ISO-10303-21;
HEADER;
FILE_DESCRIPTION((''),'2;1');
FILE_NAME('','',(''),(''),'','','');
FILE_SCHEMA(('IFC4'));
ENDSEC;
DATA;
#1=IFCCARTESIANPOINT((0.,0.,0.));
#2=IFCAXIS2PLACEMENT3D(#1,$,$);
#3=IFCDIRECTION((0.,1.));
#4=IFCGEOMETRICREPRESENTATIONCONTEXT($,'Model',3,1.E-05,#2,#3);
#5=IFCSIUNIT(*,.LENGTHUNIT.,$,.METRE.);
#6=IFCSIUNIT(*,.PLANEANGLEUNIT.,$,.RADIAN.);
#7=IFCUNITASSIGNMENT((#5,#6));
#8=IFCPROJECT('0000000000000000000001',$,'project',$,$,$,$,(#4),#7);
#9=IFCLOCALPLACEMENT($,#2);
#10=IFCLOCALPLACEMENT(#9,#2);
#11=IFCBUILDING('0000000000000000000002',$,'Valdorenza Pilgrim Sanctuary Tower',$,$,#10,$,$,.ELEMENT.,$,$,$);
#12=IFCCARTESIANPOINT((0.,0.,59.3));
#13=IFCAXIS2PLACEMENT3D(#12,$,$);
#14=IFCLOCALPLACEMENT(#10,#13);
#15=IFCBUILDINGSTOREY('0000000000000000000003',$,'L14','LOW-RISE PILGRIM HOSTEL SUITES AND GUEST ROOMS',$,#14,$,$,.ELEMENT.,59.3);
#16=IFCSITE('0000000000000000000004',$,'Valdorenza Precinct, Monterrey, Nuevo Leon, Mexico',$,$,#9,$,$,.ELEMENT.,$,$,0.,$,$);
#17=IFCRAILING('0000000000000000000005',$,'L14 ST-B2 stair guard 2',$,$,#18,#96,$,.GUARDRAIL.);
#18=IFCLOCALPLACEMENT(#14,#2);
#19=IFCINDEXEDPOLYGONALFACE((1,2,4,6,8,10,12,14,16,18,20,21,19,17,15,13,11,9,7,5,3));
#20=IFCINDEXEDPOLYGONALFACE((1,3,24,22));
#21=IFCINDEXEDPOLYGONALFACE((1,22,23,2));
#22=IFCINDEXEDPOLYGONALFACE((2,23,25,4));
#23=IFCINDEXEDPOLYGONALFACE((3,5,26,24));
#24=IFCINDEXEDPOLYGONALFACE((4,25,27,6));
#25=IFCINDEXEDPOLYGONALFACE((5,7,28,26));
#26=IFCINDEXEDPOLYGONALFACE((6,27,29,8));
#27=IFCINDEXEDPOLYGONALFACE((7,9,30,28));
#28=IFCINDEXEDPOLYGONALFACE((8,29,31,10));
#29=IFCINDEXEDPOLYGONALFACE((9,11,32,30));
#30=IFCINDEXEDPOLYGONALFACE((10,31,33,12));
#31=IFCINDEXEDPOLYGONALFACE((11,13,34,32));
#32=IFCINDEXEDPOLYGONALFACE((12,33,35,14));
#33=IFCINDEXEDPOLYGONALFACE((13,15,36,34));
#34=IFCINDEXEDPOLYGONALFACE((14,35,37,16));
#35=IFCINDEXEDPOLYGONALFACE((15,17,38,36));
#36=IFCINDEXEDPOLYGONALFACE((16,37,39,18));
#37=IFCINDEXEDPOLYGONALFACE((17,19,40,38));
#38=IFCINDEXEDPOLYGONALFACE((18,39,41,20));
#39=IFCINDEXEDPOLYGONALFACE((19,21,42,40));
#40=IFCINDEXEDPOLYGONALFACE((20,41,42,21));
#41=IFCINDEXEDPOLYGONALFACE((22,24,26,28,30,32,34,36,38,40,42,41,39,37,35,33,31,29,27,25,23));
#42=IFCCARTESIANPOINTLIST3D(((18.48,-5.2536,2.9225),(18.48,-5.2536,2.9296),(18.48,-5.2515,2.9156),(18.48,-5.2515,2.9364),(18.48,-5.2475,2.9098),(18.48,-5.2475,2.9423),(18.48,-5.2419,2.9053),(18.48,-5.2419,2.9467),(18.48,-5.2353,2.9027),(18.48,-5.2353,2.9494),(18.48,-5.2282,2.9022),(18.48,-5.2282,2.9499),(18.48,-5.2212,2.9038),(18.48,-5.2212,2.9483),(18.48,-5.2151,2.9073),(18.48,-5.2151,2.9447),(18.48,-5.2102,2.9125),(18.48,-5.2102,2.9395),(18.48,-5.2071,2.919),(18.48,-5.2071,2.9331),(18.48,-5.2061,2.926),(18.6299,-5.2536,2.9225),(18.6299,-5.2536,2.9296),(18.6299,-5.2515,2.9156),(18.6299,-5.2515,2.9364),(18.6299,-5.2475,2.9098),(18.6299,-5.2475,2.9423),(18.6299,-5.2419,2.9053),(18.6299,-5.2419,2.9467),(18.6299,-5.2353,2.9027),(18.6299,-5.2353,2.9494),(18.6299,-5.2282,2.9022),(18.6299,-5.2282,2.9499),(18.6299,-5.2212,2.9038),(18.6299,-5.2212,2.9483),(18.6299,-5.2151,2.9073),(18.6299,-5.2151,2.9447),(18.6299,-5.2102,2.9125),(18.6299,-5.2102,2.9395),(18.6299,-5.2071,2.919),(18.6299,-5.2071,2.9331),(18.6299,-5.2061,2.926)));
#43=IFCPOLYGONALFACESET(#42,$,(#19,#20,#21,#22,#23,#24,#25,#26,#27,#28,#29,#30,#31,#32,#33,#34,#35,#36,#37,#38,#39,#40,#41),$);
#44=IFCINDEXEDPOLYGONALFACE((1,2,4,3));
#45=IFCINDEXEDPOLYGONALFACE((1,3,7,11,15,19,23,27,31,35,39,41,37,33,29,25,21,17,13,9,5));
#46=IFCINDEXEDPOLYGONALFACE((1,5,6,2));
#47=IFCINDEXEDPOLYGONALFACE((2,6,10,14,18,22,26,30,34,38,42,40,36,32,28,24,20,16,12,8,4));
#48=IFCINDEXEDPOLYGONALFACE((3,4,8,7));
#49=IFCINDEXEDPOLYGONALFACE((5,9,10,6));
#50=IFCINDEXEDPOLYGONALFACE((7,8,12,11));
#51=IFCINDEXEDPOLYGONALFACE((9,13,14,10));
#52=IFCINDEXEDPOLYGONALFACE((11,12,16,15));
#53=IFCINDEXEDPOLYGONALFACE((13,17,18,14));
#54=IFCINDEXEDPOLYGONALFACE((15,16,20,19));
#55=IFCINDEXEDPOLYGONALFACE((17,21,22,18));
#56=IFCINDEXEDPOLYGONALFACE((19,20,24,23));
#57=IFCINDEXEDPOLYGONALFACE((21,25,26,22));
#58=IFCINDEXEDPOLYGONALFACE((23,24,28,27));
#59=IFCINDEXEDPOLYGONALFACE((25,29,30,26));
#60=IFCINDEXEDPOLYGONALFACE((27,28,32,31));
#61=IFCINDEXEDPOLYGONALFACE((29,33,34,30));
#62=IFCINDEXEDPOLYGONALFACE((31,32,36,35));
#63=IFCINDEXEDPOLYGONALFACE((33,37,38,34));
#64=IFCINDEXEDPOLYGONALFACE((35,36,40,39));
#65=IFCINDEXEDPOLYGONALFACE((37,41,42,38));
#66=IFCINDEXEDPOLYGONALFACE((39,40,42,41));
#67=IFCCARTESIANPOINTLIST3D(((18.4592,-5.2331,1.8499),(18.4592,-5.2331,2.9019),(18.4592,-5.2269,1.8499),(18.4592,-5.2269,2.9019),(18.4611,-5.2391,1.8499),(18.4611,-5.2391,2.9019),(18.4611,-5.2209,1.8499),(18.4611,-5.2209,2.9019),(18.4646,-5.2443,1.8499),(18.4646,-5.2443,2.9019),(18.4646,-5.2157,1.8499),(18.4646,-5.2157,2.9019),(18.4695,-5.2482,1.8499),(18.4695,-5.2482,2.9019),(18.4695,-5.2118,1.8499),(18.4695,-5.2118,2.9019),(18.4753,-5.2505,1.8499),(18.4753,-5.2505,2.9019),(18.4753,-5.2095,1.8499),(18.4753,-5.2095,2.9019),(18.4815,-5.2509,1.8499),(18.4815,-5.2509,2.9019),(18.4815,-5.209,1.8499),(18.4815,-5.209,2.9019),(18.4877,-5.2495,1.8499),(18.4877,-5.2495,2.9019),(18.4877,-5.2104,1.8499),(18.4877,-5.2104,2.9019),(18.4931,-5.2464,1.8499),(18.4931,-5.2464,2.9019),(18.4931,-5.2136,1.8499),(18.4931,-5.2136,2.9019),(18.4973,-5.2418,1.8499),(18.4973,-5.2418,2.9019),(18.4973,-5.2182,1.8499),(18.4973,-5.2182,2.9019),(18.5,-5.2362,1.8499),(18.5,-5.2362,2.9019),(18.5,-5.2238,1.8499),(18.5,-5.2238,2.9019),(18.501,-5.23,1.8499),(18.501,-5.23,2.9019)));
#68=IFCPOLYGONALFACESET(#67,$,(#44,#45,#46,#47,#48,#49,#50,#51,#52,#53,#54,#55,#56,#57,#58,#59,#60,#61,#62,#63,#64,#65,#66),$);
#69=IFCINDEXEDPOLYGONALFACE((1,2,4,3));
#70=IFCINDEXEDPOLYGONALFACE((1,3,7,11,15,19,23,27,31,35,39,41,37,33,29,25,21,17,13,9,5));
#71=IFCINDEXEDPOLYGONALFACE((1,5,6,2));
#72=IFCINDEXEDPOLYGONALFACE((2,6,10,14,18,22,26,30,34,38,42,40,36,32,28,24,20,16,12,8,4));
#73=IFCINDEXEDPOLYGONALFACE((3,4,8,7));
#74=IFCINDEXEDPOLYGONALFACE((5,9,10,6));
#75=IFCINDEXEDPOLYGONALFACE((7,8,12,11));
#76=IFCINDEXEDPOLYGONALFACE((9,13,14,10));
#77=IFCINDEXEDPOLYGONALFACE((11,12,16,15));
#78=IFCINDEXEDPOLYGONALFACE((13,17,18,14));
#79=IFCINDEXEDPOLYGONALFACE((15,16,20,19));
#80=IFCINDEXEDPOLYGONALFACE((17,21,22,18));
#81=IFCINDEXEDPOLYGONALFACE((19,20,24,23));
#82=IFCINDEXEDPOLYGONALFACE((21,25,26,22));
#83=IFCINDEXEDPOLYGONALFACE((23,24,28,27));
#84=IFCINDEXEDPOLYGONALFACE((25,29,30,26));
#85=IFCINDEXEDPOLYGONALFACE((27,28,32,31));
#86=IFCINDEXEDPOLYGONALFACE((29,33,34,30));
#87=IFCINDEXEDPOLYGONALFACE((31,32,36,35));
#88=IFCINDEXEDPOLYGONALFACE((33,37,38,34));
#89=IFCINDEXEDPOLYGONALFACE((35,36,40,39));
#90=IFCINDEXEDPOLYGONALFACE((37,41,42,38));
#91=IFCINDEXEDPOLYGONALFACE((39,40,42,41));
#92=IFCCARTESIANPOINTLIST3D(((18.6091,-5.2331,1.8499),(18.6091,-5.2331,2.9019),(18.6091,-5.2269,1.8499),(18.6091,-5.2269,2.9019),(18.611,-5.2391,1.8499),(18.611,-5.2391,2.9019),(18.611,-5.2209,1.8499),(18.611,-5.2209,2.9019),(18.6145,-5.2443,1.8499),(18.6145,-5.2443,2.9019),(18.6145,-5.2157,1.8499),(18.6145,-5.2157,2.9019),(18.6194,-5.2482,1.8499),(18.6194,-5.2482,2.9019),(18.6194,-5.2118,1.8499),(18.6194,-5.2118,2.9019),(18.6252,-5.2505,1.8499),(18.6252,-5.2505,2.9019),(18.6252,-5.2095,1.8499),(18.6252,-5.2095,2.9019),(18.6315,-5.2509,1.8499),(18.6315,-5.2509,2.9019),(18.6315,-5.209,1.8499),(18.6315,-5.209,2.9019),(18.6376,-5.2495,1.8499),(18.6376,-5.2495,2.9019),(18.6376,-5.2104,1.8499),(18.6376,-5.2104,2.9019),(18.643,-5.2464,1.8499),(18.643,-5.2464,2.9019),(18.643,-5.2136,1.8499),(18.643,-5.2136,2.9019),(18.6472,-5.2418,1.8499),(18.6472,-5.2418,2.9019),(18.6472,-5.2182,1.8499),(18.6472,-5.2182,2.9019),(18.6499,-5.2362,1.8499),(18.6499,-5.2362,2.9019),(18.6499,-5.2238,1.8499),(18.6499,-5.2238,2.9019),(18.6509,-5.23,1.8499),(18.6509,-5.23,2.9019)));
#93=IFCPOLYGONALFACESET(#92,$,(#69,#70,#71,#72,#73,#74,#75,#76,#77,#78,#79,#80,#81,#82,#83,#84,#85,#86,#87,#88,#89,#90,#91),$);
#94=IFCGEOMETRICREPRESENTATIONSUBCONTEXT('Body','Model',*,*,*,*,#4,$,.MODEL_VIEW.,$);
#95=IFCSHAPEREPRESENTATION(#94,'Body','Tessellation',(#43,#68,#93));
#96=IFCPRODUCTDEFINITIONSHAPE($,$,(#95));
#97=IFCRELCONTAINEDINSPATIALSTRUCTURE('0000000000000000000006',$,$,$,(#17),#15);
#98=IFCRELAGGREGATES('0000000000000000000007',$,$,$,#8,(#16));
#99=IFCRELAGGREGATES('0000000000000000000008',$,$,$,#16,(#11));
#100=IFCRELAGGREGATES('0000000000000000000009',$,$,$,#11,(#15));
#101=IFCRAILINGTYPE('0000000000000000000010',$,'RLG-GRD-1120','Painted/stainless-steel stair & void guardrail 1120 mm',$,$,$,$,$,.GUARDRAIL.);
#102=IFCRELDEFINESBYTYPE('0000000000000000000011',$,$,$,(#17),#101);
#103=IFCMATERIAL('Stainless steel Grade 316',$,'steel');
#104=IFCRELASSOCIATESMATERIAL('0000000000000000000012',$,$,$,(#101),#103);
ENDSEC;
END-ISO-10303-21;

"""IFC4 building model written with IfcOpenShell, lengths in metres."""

from ifc_helpers import new_model, si_unit, direction, frame, origin, origin_2d, place, context, subcontext, project, spatial, circle, extrude, material, type_object, element, save


model = new_model("IFC4")

# Units and contexts
model_context = context("Model", 3, precision=1e-05, world=origin(), true_north=direction((0.0, 1.0)))
body_context = subcontext(model_context, "Body", "Model", "MODEL_VIEW")
ifc_project = project(units=[si_unit("LENGTHUNIT", "METRE"), si_unit("PLANEANGLEUNIT", "RADIAN")], contexts=[model_context])

# Site, building, storey
site_placement = place(None, origin())
site = spatial("IfcSite", under=ifc_project, at=site_placement, Name="Valdorenza Precinct, Monterrey, Nuevo Leon, Mexico", CompositionType="ELEMENT", RefElevation=0.0)
building_placement = place(site_placement, origin())
building = spatial("IfcBuilding", under=site, at=building_placement, Name="Valdorenza Pilgrim Sanctuary Tower", CompositionType="ELEMENT")
storey_placement = place(building_placement, frame((0.0, 0.0, 59.3)))
storey = spatial("IfcBuildingStorey", under=building, at=storey_placement, Name="L14", Description="LOW-RISE PILGRIM HOSTEL SUITES AND GUEST ROOMS", CompositionType="ELEMENT", Elevation=59.3)

# Railing
ifc_material_1 = material(Name="Stainless steel Grade 316", Category="steel")
railing_type_1 = type_object("IfcRailingType", Name="RLG-GRD-1120", Description="Painted/stainless-steel stair & void guardrail 1120 mm", PredefinedType="GUARDRAIL", material=ifc_material_1)
railing_1_placement = place(storey_placement, frame((18.48, -5.23, 1.8499)))
element("IfcRailing", 1, at=railing_1_placement, inside=storey, type_object=railing_type_1, Name="L14 ST-B2 stair guard 2", PredefinedType="GUARDRAIL", context=body_context, shape_type="SweptSolid", body=[
    extrude(circle(Radius=0.0239, at=origin_2d()), frame((0.0, 0.0, 1.0762), z_axis=(1.0, 0.0, 0.0), x_axis=(0.0, 1.0, 0.0)), (0.0, 0.0, 1.0), 0.1499),
    extrude(circle(Radius=0.021, at=origin_2d()), origin(), (0.0, 0.0, 1.0), 1.052),
    extrude(circle(Radius=0.021, at=origin_2d()), frame((0.1499, 0.0, 0.0)), (0.0, 0.0, 1.0), 1.052),
])

save(model, "model.ifc")
